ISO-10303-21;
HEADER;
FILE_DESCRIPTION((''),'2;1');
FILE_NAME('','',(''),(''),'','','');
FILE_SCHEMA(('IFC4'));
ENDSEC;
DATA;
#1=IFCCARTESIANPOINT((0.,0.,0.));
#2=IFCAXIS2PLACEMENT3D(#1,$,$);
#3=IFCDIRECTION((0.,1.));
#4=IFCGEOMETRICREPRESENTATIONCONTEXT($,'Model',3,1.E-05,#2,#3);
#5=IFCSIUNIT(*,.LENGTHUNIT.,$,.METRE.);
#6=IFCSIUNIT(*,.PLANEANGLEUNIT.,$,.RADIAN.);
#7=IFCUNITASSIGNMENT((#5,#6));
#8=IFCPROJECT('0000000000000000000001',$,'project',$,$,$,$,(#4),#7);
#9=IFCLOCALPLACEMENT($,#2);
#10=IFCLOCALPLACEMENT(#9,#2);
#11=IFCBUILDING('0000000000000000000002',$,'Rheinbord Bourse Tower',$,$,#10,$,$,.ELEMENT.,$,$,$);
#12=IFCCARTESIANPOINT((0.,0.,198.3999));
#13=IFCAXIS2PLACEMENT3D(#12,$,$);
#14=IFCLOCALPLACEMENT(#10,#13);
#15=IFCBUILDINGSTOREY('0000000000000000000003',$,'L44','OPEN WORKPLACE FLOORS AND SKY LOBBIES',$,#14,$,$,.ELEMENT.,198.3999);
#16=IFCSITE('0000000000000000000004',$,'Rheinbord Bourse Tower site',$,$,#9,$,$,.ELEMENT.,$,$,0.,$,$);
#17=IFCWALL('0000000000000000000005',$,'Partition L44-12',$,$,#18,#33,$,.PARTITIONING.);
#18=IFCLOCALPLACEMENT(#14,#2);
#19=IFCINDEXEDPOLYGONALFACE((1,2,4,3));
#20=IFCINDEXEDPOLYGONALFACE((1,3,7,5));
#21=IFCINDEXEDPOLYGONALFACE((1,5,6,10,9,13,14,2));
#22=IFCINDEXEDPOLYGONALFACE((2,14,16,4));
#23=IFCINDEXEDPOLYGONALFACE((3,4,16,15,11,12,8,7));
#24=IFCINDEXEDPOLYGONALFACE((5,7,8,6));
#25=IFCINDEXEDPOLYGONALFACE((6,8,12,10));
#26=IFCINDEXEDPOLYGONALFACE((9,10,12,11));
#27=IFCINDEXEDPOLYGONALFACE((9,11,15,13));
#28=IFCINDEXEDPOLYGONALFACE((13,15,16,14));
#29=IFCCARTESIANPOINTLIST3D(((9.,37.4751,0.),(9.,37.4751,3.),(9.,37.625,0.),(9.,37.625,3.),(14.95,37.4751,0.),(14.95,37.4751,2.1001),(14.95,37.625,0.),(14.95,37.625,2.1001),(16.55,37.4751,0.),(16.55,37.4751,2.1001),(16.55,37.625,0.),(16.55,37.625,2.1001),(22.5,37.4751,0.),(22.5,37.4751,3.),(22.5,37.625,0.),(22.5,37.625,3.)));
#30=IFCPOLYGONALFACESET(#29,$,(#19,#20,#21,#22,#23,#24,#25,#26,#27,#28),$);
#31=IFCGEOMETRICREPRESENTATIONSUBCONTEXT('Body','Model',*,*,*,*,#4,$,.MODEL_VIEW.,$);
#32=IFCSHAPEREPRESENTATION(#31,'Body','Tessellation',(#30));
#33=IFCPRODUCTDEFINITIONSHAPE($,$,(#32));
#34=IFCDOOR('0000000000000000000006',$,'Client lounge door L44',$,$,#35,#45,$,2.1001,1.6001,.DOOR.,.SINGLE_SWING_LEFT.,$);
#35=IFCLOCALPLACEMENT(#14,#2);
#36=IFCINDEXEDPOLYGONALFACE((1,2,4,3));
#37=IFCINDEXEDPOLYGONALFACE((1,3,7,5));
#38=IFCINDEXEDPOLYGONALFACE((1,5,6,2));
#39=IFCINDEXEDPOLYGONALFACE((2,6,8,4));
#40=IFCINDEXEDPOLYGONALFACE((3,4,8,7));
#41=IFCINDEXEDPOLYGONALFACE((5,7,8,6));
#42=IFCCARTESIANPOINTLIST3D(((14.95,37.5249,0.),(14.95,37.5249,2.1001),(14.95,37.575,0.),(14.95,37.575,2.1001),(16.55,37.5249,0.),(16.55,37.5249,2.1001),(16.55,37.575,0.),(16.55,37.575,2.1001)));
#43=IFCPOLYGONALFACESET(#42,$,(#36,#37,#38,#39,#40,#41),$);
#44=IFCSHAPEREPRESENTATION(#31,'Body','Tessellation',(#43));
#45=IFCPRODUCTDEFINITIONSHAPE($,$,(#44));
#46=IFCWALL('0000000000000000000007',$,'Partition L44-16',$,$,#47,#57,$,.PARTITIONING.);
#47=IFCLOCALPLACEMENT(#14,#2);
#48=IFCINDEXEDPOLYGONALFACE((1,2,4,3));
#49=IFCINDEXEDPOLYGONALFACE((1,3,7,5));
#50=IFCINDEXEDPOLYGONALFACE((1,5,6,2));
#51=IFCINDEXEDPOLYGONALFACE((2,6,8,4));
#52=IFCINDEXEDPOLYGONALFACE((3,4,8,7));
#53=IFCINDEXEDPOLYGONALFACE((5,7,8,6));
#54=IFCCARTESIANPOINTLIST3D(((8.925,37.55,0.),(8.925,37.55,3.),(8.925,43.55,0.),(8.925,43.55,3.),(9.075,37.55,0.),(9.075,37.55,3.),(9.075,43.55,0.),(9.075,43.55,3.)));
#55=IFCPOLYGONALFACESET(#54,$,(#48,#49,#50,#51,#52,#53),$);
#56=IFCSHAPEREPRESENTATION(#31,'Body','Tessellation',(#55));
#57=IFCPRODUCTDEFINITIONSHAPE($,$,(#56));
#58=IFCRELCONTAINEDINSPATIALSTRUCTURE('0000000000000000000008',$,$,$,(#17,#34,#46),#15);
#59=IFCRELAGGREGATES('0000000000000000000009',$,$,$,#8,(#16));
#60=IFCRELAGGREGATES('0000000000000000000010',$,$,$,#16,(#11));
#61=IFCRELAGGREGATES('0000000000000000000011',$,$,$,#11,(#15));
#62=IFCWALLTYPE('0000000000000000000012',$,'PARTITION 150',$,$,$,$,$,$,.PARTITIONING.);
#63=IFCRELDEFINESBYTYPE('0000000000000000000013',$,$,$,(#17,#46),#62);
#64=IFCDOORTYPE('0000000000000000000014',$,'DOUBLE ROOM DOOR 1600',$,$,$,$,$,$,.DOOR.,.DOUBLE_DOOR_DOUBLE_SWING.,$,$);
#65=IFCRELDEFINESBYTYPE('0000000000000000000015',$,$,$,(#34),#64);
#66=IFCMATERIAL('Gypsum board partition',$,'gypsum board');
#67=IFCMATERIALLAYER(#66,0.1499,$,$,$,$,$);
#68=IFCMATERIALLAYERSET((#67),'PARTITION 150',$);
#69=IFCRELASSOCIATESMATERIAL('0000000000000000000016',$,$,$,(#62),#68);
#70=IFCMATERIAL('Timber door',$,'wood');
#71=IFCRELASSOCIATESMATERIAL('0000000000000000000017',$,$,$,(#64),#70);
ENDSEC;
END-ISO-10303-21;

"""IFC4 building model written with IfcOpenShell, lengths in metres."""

from ifc_helpers import new_model, si_unit, direction, frame, frame_2d, origin, place, context, subcontext, project, spatial, rectangle, extrude, material, layer, layer_set, type_object, element, fill, save


model = new_model("IFC4")

# Units and contexts
model_context = context("Model", 3, precision=1e-05, world=origin(), true_north=direction((0.0, 1.0)))
body_context = subcontext(model_context, "Body", "Model", "MODEL_VIEW")
ifc_project = project(units=[si_unit("LENGTHUNIT", "METRE"), si_unit("PLANEANGLEUNIT", "RADIAN")], contexts=[model_context])

# Site, building, storey
site_placement = place(None, origin())
site = spatial("IfcSite", under=ifc_project, at=site_placement, Name="Rheinbord Bourse Tower site", CompositionType="ELEMENT", RefElevation=0.0)
building_placement = place(site_placement, origin())
building = spatial("IfcBuilding", under=site, at=building_placement, Name="Rheinbord Bourse Tower", CompositionType="ELEMENT")
storey_placement = place(building_placement, frame((0.0, 0.0, 198.3999)))
storey = spatial("IfcBuildingStorey", under=building, at=storey_placement, Name="L44", Description="OPEN WORKPLACE FLOORS AND SKY LOBBIES", CompositionType="ELEMENT", Elevation=198.3999)

# Wall, opening, door
ifc_material_1 = material(Name="Gypsum board partition", Category="gypsum board")
ifc_layer_1 = layer(ifc_material_1, 0.1499)
ifc_layer_set_1 = layer_set([ifc_layer_1], Name="PARTITION 150")
wall_type_1 = type_object("IfcWallType", Name="PARTITION 150", PredefinedType="PARTITIONING", material=ifc_layer_set_1)
wall_1_placement = place(storey_placement, frame((9.0, 37.55, 0.0), z_axis=(0.0, 0.0, 1.0), x_axis=(1.0, 0.0, 0.0)))
wall_1 = element("IfcWall", 1, at=wall_1_placement, inside=storey, type_object=wall_type_1, Name="Partition L44-12", PredefinedType="PARTITIONING", context=body_context, shape_type="SweptSolid", body=[
    extrude(rectangle(XDim=13.5, YDim=0.1499, at=frame_2d((6.75, 0.0))), origin(), (0.0, 0.0, 1.0), 3.0),
])
opening_1_placement = place(wall_1_placement, frame((5.95, 0.0, 0.0)))
opening_1 = element("IfcOpeningElement", 2, at=opening_1_placement, cuts=wall_1, PredefinedType="OPENING", context=body_context, shape_type="SweptSolid", body=[
    extrude(rectangle(XDim=1.6001, YDim=2.1001, at=frame_2d((0.8, 1.05))), frame((0.0, 0.085, 0.0), z_axis=(0.0, -1.0, 0.0), x_axis=(1.0, 0.0, 0.0)), (0.0, 0.0, 1.0), 0.1699),
])
ifc_material_2 = material(Name="Timber door", Category="wood")
door_type_1 = type_object("IfcDoorType", Name="DOUBLE ROOM DOOR 1600", OperationType="DOUBLE_DOOR_DOUBLE_SWING", PredefinedType="DOOR", material=ifc_material_2)
door_1_placement = place(opening_1_placement, origin())
door_1 = element("IfcDoor", 3, at=door_1_placement, inside=storey, type_object=door_type_1, Name="Client lounge door L44", OperationType="SINGLE_SWING_LEFT", OverallHeight=2.1001, OverallWidth=1.6001, PredefinedType="DOOR", context=body_context, shape_type="SweptSolid", body=[
    extrude(rectangle(XDim=1.6001, YDim=2.1001, at=frame_2d((0.8, 1.05))), frame((0.0, 0.0249, 0.0), z_axis=(0.0, -1.0, 0.0), x_axis=(1.0, 0.0, 0.0)), (0.0, 0.0, 1.0), 0.05),
])
fill(opening_1, door_1)

# Wall
wall_2_placement = place(storey_placement, frame((9.0, 37.55, 0.0), z_axis=(0.0, 0.0, 1.0), x_axis=(0.0, 1.0, 0.0)))
element("IfcWall", 4, at=wall_2_placement, inside=storey, type_object=wall_type_1, Name="Partition L44-16", PredefinedType="PARTITIONING", context=body_context, shape_type="SweptSolid", body=[
    extrude(rectangle(XDim=6.0, YDim=0.1499, at=frame_2d((3.0, 0.0))), origin(), (0.0, 0.0, 1.0), 3.0),
])

save(model, "model.ifc")
